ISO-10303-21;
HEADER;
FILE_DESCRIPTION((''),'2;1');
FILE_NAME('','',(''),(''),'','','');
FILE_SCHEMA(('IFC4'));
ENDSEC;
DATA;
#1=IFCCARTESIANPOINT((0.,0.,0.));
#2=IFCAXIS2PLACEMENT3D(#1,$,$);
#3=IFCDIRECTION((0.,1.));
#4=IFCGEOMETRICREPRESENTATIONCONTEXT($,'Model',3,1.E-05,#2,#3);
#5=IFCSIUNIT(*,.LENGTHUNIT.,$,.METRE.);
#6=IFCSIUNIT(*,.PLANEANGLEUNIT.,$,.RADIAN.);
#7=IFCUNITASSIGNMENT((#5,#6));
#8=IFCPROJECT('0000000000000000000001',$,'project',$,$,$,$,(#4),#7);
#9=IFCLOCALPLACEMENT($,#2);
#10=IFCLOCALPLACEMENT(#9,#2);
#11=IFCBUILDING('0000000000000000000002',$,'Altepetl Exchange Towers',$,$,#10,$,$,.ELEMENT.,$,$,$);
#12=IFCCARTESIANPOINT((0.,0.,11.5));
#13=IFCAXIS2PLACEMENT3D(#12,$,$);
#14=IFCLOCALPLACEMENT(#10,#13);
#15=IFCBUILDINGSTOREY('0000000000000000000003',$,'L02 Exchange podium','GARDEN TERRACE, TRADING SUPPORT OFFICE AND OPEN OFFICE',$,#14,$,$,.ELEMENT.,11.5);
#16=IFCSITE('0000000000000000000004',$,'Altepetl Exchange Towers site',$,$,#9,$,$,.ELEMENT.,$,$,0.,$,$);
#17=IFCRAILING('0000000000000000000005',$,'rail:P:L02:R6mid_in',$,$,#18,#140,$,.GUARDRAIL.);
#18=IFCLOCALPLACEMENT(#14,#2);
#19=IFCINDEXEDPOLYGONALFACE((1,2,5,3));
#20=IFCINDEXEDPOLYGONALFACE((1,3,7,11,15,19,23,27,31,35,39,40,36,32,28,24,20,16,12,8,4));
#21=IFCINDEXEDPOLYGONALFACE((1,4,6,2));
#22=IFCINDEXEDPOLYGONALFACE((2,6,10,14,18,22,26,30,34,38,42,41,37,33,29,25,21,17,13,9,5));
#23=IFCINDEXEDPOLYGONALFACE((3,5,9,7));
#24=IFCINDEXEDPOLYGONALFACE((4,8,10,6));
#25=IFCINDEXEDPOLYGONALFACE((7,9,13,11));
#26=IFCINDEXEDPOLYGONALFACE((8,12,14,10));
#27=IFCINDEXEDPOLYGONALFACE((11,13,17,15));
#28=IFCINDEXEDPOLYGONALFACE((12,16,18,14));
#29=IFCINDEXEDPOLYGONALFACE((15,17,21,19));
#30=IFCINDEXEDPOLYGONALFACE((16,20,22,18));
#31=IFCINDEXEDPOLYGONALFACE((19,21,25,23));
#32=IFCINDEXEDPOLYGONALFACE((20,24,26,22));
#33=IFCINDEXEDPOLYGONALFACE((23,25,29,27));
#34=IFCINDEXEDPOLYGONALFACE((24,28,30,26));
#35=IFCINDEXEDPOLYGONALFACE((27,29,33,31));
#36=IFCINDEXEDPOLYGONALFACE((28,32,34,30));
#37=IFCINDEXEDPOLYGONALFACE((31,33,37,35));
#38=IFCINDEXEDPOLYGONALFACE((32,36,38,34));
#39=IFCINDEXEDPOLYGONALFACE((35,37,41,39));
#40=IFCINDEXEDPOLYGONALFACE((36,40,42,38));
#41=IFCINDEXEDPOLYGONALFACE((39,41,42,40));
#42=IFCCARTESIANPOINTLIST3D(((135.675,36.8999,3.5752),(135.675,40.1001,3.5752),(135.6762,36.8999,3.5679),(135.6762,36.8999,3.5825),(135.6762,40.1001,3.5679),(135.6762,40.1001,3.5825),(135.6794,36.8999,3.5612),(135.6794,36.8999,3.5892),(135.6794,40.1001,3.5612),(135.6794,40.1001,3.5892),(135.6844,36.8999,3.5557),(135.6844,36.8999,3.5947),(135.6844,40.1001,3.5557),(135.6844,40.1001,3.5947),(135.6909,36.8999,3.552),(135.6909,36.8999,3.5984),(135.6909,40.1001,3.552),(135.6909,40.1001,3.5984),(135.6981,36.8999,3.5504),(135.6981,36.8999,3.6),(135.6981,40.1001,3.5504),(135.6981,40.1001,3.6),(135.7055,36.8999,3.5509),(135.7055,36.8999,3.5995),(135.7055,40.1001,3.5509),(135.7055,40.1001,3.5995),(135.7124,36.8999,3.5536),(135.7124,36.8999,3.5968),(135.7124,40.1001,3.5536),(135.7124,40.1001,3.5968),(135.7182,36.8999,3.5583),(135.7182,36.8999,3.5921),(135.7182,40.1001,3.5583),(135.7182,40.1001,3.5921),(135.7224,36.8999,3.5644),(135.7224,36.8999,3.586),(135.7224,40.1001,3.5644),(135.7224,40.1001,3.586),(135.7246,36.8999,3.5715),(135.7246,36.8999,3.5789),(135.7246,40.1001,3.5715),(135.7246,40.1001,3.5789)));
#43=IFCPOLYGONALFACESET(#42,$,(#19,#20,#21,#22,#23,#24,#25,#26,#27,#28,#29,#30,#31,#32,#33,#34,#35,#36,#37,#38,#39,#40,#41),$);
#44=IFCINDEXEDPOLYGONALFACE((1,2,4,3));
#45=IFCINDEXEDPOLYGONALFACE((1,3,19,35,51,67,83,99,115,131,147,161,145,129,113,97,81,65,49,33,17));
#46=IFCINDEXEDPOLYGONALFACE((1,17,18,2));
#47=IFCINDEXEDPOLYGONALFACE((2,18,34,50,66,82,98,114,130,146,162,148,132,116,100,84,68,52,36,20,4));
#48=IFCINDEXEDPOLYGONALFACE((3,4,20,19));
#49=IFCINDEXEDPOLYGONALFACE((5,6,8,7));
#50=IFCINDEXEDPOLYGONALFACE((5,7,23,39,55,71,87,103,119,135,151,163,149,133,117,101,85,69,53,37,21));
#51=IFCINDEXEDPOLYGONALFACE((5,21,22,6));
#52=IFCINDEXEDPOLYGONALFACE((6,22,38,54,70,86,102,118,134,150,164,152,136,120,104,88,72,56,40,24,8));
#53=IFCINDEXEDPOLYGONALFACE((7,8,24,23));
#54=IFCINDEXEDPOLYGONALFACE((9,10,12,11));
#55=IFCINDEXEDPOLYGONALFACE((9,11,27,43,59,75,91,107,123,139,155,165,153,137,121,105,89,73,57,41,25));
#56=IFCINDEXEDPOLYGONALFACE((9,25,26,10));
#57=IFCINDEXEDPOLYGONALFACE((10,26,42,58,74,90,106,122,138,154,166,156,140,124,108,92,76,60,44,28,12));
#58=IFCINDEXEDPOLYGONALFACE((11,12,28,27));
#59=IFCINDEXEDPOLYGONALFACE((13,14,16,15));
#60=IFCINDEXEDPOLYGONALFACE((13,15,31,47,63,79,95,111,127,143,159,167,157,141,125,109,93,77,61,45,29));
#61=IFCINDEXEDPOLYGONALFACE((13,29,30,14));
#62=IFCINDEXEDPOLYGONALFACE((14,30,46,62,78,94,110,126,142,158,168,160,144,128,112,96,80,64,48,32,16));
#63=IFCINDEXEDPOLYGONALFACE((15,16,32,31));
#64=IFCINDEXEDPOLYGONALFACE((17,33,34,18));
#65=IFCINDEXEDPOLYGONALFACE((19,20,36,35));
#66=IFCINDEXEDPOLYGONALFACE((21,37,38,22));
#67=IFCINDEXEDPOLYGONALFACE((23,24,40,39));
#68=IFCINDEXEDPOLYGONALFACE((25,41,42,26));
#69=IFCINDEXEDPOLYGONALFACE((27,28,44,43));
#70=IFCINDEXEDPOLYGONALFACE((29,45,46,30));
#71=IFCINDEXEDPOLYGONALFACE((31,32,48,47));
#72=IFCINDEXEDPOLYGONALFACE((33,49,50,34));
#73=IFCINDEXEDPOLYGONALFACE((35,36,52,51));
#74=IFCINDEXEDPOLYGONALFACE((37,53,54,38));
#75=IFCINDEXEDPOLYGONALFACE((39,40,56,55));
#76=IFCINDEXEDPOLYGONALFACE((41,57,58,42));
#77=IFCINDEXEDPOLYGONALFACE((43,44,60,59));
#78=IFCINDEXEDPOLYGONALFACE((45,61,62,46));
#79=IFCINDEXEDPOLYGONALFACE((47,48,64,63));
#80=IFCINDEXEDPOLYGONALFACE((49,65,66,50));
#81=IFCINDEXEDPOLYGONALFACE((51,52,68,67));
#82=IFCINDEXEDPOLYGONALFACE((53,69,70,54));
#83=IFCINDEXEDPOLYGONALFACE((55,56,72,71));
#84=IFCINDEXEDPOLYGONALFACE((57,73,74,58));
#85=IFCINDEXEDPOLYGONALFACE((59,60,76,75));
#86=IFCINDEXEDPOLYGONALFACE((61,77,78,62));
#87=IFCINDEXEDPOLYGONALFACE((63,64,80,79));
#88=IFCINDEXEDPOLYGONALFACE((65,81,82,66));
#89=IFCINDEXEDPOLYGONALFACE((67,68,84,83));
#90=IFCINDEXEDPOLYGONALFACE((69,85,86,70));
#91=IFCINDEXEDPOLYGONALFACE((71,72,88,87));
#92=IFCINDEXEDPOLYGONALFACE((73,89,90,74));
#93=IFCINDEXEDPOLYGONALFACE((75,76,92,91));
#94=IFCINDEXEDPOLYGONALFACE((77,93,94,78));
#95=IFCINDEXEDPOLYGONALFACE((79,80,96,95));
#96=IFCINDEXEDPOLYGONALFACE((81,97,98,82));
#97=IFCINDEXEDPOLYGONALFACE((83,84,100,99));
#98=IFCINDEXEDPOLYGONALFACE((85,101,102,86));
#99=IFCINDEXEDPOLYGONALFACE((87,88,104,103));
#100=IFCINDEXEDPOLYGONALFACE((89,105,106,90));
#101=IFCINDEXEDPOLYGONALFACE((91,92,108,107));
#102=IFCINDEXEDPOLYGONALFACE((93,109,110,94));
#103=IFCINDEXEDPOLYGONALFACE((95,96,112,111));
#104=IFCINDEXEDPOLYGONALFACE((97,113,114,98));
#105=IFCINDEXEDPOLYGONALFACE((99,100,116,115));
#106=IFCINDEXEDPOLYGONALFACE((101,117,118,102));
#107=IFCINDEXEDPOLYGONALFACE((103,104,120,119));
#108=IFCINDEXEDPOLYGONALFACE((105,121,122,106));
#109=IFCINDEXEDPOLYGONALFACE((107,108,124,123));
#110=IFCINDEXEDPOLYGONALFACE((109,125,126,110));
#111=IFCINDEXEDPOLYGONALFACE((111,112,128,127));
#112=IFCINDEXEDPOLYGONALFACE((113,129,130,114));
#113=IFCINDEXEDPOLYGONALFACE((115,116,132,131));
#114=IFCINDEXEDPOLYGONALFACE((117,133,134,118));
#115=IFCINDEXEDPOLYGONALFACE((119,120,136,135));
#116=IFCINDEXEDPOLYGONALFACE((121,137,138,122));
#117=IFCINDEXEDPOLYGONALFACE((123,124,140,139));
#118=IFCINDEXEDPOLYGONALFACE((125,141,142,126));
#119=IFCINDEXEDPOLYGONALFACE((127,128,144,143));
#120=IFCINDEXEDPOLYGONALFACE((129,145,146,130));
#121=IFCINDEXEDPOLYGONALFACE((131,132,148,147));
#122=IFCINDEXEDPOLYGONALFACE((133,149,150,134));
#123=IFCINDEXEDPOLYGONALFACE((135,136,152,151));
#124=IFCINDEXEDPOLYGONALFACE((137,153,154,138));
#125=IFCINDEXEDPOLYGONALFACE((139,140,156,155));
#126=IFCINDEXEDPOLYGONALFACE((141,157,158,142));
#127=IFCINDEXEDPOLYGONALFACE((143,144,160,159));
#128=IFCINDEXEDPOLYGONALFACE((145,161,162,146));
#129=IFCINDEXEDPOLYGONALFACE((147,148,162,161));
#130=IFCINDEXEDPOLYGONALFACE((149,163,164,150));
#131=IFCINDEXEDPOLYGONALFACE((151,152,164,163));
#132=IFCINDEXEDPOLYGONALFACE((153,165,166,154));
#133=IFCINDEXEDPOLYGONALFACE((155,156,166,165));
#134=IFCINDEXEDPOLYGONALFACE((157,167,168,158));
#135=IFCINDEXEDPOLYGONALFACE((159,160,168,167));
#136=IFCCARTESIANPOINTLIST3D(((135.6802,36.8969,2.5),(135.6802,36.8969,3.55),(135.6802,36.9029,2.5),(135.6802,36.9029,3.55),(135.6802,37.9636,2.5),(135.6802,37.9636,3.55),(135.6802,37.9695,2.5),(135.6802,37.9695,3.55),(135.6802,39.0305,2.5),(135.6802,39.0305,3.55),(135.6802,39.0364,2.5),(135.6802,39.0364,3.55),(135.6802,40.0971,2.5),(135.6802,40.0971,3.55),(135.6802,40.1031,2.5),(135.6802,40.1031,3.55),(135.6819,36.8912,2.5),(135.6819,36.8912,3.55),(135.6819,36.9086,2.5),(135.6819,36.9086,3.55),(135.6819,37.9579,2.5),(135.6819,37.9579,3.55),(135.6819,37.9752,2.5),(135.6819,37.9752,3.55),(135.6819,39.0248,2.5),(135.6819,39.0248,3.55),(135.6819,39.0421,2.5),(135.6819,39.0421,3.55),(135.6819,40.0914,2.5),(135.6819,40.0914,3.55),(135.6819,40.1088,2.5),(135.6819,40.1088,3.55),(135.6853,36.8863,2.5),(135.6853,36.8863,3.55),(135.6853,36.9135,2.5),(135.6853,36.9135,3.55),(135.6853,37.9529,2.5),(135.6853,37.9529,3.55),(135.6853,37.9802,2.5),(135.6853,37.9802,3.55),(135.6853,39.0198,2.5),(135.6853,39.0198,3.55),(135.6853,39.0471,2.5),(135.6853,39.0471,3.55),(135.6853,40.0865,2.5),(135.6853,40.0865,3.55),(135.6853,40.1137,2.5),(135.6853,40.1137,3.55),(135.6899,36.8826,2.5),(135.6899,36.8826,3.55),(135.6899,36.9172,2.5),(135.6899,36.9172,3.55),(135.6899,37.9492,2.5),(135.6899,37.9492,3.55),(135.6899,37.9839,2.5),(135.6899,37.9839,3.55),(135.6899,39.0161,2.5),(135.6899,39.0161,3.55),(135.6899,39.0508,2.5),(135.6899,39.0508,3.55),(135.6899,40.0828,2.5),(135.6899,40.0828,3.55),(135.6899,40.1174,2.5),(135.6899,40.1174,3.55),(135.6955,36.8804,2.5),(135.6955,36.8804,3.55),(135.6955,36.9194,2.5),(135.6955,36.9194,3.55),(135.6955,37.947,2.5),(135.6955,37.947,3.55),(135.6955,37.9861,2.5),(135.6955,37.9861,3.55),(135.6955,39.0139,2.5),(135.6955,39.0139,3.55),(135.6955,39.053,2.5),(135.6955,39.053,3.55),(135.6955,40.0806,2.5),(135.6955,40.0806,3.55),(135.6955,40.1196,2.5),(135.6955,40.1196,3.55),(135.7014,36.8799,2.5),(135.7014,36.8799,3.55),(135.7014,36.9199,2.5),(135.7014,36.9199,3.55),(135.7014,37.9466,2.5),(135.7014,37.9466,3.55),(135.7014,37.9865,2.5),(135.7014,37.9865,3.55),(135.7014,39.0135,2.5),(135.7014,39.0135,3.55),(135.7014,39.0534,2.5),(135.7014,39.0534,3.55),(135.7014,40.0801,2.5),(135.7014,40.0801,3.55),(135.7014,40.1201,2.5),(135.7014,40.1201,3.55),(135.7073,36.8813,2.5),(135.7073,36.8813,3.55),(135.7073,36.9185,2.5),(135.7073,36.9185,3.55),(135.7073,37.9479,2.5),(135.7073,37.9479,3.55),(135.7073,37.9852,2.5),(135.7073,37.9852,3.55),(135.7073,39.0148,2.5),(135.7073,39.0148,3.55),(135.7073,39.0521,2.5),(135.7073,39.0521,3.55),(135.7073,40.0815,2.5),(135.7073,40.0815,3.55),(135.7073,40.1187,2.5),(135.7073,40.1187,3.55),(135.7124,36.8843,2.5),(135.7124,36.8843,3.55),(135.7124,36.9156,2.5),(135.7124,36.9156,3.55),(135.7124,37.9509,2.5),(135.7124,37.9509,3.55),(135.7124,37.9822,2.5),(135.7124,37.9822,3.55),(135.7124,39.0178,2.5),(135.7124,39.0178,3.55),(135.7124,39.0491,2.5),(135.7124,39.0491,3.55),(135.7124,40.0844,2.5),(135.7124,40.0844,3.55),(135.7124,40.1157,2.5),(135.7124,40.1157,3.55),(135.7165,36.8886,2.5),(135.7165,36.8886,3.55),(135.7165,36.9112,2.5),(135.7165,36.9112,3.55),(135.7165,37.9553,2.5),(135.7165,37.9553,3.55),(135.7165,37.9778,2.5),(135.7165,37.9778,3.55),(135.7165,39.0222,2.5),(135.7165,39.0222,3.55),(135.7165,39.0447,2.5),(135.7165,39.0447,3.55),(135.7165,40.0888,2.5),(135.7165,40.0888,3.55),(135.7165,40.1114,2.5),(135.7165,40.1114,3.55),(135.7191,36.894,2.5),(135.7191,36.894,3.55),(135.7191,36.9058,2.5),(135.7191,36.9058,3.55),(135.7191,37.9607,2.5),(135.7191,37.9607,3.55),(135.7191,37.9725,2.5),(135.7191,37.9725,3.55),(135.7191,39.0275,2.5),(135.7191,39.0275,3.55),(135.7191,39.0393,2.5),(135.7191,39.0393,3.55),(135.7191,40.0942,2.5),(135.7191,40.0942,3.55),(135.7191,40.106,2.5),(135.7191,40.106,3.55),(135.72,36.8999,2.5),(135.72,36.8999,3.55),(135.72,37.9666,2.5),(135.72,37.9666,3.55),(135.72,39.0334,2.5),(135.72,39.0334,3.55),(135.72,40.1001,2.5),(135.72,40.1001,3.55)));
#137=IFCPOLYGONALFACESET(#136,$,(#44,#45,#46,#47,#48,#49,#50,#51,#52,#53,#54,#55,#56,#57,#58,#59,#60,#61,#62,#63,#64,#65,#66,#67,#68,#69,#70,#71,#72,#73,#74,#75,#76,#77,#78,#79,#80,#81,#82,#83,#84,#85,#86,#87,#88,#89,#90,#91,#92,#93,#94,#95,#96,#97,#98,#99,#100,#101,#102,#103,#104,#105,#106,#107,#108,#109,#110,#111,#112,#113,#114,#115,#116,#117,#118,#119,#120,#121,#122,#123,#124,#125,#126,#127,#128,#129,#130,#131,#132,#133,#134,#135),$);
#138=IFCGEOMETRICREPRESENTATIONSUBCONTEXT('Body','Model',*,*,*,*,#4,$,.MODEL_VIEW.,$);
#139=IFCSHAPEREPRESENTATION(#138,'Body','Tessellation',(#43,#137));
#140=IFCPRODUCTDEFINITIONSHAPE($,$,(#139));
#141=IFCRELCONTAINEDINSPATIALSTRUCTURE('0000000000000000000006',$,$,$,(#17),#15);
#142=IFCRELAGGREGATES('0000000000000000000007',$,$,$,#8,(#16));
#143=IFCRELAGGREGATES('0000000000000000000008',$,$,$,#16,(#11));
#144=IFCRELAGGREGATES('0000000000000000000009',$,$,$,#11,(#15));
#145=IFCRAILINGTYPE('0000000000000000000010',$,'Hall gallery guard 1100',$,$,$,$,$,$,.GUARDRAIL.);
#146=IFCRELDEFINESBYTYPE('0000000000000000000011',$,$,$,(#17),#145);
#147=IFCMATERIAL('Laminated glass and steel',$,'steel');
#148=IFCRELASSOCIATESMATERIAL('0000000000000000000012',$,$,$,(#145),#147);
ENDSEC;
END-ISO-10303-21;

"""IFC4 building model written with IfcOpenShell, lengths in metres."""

from ifc_helpers import new_model, si_unit, direction, frame, origin, origin_2d, place, context, subcontext, project, spatial, circle, extrude, source, transform, mapped, material, type_object, element, save


model = new_model("IFC4")

# Units and contexts
model_context = context("Model", 3, precision=1e-05, world=origin(), true_north=direction((0.0, 1.0)))
body_context = subcontext(model_context, "Body", "Model", "MODEL_VIEW")
ifc_project = project(units=[si_unit("LENGTHUNIT", "METRE"), si_unit("PLANEANGLEUNIT", "RADIAN")], contexts=[model_context])

# Site, building, storey
site_placement = place(None, origin())
site = spatial("IfcSite", under=ifc_project, at=site_placement, Name="Altepetl Exchange Towers site", CompositionType="ELEMENT", RefElevation=0.0)
building_placement = place(site_placement, origin())
building = spatial("IfcBuilding", under=site, at=building_placement, Name="Altepetl Exchange Towers", CompositionType="ELEMENT")
storey_placement = place(building_placement, frame((0.0, 0.0, 11.5)))
storey = spatial("IfcBuildingStorey", under=building, at=storey_placement, Name="L02 Exchange podium", Description="GARDEN TERRACE, TRADING SUPPORT OFFICE AND OPEN OFFICE", CompositionType="ELEMENT", Elevation=11.5)

# Railing
ifc_material_1 = material(Name="Laminated glass and steel", Category="steel")
railing_type_1 = type_object("IfcRailingType", Name="Hall gallery guard 1100", PredefinedType="GUARDRAIL", material=ifc_material_1)
shared_shape_1 = source(origin(), body_context, "Body", "SweptSolid", [
    extrude(circle(Radius=0.02, at=origin_2d()), origin(), (0.0, 0.0, 1.0), 1.05),
])
for number, where, name in (
    (1, (135.7, 36.8999, 2.5), "rail:P:L02:R6mid_in"),
):
    element("IfcRailing", number, at=place(storey_placement, frame(where)), inside=storey, type_object=railing_type_1, Name=name, PredefinedType="GUARDRAIL", context=body_context, shape_type="SweptSolid", body=[
        extrude(circle(Radius=0.0249, at=origin_2d()), frame((0.0, 0.0, 1.0752), z_axis=(0.0, 1.0, 0.0), x_axis=(-1.0, 0.0, 0.0)), (0.0, 0.0, 1.0), 3.2002),
        mapped(shared_shape_1, transform((0.0, 0.0, 0.0))),
        mapped(shared_shape_1, transform((0.0, 1.0667, 0.0))),
        mapped(shared_shape_1, transform((0.0, 2.1335, 0.0))),
        mapped(shared_shape_1, transform((0.0, 3.2002, 0.0))),
    ])

save(model, "model.ifc")
